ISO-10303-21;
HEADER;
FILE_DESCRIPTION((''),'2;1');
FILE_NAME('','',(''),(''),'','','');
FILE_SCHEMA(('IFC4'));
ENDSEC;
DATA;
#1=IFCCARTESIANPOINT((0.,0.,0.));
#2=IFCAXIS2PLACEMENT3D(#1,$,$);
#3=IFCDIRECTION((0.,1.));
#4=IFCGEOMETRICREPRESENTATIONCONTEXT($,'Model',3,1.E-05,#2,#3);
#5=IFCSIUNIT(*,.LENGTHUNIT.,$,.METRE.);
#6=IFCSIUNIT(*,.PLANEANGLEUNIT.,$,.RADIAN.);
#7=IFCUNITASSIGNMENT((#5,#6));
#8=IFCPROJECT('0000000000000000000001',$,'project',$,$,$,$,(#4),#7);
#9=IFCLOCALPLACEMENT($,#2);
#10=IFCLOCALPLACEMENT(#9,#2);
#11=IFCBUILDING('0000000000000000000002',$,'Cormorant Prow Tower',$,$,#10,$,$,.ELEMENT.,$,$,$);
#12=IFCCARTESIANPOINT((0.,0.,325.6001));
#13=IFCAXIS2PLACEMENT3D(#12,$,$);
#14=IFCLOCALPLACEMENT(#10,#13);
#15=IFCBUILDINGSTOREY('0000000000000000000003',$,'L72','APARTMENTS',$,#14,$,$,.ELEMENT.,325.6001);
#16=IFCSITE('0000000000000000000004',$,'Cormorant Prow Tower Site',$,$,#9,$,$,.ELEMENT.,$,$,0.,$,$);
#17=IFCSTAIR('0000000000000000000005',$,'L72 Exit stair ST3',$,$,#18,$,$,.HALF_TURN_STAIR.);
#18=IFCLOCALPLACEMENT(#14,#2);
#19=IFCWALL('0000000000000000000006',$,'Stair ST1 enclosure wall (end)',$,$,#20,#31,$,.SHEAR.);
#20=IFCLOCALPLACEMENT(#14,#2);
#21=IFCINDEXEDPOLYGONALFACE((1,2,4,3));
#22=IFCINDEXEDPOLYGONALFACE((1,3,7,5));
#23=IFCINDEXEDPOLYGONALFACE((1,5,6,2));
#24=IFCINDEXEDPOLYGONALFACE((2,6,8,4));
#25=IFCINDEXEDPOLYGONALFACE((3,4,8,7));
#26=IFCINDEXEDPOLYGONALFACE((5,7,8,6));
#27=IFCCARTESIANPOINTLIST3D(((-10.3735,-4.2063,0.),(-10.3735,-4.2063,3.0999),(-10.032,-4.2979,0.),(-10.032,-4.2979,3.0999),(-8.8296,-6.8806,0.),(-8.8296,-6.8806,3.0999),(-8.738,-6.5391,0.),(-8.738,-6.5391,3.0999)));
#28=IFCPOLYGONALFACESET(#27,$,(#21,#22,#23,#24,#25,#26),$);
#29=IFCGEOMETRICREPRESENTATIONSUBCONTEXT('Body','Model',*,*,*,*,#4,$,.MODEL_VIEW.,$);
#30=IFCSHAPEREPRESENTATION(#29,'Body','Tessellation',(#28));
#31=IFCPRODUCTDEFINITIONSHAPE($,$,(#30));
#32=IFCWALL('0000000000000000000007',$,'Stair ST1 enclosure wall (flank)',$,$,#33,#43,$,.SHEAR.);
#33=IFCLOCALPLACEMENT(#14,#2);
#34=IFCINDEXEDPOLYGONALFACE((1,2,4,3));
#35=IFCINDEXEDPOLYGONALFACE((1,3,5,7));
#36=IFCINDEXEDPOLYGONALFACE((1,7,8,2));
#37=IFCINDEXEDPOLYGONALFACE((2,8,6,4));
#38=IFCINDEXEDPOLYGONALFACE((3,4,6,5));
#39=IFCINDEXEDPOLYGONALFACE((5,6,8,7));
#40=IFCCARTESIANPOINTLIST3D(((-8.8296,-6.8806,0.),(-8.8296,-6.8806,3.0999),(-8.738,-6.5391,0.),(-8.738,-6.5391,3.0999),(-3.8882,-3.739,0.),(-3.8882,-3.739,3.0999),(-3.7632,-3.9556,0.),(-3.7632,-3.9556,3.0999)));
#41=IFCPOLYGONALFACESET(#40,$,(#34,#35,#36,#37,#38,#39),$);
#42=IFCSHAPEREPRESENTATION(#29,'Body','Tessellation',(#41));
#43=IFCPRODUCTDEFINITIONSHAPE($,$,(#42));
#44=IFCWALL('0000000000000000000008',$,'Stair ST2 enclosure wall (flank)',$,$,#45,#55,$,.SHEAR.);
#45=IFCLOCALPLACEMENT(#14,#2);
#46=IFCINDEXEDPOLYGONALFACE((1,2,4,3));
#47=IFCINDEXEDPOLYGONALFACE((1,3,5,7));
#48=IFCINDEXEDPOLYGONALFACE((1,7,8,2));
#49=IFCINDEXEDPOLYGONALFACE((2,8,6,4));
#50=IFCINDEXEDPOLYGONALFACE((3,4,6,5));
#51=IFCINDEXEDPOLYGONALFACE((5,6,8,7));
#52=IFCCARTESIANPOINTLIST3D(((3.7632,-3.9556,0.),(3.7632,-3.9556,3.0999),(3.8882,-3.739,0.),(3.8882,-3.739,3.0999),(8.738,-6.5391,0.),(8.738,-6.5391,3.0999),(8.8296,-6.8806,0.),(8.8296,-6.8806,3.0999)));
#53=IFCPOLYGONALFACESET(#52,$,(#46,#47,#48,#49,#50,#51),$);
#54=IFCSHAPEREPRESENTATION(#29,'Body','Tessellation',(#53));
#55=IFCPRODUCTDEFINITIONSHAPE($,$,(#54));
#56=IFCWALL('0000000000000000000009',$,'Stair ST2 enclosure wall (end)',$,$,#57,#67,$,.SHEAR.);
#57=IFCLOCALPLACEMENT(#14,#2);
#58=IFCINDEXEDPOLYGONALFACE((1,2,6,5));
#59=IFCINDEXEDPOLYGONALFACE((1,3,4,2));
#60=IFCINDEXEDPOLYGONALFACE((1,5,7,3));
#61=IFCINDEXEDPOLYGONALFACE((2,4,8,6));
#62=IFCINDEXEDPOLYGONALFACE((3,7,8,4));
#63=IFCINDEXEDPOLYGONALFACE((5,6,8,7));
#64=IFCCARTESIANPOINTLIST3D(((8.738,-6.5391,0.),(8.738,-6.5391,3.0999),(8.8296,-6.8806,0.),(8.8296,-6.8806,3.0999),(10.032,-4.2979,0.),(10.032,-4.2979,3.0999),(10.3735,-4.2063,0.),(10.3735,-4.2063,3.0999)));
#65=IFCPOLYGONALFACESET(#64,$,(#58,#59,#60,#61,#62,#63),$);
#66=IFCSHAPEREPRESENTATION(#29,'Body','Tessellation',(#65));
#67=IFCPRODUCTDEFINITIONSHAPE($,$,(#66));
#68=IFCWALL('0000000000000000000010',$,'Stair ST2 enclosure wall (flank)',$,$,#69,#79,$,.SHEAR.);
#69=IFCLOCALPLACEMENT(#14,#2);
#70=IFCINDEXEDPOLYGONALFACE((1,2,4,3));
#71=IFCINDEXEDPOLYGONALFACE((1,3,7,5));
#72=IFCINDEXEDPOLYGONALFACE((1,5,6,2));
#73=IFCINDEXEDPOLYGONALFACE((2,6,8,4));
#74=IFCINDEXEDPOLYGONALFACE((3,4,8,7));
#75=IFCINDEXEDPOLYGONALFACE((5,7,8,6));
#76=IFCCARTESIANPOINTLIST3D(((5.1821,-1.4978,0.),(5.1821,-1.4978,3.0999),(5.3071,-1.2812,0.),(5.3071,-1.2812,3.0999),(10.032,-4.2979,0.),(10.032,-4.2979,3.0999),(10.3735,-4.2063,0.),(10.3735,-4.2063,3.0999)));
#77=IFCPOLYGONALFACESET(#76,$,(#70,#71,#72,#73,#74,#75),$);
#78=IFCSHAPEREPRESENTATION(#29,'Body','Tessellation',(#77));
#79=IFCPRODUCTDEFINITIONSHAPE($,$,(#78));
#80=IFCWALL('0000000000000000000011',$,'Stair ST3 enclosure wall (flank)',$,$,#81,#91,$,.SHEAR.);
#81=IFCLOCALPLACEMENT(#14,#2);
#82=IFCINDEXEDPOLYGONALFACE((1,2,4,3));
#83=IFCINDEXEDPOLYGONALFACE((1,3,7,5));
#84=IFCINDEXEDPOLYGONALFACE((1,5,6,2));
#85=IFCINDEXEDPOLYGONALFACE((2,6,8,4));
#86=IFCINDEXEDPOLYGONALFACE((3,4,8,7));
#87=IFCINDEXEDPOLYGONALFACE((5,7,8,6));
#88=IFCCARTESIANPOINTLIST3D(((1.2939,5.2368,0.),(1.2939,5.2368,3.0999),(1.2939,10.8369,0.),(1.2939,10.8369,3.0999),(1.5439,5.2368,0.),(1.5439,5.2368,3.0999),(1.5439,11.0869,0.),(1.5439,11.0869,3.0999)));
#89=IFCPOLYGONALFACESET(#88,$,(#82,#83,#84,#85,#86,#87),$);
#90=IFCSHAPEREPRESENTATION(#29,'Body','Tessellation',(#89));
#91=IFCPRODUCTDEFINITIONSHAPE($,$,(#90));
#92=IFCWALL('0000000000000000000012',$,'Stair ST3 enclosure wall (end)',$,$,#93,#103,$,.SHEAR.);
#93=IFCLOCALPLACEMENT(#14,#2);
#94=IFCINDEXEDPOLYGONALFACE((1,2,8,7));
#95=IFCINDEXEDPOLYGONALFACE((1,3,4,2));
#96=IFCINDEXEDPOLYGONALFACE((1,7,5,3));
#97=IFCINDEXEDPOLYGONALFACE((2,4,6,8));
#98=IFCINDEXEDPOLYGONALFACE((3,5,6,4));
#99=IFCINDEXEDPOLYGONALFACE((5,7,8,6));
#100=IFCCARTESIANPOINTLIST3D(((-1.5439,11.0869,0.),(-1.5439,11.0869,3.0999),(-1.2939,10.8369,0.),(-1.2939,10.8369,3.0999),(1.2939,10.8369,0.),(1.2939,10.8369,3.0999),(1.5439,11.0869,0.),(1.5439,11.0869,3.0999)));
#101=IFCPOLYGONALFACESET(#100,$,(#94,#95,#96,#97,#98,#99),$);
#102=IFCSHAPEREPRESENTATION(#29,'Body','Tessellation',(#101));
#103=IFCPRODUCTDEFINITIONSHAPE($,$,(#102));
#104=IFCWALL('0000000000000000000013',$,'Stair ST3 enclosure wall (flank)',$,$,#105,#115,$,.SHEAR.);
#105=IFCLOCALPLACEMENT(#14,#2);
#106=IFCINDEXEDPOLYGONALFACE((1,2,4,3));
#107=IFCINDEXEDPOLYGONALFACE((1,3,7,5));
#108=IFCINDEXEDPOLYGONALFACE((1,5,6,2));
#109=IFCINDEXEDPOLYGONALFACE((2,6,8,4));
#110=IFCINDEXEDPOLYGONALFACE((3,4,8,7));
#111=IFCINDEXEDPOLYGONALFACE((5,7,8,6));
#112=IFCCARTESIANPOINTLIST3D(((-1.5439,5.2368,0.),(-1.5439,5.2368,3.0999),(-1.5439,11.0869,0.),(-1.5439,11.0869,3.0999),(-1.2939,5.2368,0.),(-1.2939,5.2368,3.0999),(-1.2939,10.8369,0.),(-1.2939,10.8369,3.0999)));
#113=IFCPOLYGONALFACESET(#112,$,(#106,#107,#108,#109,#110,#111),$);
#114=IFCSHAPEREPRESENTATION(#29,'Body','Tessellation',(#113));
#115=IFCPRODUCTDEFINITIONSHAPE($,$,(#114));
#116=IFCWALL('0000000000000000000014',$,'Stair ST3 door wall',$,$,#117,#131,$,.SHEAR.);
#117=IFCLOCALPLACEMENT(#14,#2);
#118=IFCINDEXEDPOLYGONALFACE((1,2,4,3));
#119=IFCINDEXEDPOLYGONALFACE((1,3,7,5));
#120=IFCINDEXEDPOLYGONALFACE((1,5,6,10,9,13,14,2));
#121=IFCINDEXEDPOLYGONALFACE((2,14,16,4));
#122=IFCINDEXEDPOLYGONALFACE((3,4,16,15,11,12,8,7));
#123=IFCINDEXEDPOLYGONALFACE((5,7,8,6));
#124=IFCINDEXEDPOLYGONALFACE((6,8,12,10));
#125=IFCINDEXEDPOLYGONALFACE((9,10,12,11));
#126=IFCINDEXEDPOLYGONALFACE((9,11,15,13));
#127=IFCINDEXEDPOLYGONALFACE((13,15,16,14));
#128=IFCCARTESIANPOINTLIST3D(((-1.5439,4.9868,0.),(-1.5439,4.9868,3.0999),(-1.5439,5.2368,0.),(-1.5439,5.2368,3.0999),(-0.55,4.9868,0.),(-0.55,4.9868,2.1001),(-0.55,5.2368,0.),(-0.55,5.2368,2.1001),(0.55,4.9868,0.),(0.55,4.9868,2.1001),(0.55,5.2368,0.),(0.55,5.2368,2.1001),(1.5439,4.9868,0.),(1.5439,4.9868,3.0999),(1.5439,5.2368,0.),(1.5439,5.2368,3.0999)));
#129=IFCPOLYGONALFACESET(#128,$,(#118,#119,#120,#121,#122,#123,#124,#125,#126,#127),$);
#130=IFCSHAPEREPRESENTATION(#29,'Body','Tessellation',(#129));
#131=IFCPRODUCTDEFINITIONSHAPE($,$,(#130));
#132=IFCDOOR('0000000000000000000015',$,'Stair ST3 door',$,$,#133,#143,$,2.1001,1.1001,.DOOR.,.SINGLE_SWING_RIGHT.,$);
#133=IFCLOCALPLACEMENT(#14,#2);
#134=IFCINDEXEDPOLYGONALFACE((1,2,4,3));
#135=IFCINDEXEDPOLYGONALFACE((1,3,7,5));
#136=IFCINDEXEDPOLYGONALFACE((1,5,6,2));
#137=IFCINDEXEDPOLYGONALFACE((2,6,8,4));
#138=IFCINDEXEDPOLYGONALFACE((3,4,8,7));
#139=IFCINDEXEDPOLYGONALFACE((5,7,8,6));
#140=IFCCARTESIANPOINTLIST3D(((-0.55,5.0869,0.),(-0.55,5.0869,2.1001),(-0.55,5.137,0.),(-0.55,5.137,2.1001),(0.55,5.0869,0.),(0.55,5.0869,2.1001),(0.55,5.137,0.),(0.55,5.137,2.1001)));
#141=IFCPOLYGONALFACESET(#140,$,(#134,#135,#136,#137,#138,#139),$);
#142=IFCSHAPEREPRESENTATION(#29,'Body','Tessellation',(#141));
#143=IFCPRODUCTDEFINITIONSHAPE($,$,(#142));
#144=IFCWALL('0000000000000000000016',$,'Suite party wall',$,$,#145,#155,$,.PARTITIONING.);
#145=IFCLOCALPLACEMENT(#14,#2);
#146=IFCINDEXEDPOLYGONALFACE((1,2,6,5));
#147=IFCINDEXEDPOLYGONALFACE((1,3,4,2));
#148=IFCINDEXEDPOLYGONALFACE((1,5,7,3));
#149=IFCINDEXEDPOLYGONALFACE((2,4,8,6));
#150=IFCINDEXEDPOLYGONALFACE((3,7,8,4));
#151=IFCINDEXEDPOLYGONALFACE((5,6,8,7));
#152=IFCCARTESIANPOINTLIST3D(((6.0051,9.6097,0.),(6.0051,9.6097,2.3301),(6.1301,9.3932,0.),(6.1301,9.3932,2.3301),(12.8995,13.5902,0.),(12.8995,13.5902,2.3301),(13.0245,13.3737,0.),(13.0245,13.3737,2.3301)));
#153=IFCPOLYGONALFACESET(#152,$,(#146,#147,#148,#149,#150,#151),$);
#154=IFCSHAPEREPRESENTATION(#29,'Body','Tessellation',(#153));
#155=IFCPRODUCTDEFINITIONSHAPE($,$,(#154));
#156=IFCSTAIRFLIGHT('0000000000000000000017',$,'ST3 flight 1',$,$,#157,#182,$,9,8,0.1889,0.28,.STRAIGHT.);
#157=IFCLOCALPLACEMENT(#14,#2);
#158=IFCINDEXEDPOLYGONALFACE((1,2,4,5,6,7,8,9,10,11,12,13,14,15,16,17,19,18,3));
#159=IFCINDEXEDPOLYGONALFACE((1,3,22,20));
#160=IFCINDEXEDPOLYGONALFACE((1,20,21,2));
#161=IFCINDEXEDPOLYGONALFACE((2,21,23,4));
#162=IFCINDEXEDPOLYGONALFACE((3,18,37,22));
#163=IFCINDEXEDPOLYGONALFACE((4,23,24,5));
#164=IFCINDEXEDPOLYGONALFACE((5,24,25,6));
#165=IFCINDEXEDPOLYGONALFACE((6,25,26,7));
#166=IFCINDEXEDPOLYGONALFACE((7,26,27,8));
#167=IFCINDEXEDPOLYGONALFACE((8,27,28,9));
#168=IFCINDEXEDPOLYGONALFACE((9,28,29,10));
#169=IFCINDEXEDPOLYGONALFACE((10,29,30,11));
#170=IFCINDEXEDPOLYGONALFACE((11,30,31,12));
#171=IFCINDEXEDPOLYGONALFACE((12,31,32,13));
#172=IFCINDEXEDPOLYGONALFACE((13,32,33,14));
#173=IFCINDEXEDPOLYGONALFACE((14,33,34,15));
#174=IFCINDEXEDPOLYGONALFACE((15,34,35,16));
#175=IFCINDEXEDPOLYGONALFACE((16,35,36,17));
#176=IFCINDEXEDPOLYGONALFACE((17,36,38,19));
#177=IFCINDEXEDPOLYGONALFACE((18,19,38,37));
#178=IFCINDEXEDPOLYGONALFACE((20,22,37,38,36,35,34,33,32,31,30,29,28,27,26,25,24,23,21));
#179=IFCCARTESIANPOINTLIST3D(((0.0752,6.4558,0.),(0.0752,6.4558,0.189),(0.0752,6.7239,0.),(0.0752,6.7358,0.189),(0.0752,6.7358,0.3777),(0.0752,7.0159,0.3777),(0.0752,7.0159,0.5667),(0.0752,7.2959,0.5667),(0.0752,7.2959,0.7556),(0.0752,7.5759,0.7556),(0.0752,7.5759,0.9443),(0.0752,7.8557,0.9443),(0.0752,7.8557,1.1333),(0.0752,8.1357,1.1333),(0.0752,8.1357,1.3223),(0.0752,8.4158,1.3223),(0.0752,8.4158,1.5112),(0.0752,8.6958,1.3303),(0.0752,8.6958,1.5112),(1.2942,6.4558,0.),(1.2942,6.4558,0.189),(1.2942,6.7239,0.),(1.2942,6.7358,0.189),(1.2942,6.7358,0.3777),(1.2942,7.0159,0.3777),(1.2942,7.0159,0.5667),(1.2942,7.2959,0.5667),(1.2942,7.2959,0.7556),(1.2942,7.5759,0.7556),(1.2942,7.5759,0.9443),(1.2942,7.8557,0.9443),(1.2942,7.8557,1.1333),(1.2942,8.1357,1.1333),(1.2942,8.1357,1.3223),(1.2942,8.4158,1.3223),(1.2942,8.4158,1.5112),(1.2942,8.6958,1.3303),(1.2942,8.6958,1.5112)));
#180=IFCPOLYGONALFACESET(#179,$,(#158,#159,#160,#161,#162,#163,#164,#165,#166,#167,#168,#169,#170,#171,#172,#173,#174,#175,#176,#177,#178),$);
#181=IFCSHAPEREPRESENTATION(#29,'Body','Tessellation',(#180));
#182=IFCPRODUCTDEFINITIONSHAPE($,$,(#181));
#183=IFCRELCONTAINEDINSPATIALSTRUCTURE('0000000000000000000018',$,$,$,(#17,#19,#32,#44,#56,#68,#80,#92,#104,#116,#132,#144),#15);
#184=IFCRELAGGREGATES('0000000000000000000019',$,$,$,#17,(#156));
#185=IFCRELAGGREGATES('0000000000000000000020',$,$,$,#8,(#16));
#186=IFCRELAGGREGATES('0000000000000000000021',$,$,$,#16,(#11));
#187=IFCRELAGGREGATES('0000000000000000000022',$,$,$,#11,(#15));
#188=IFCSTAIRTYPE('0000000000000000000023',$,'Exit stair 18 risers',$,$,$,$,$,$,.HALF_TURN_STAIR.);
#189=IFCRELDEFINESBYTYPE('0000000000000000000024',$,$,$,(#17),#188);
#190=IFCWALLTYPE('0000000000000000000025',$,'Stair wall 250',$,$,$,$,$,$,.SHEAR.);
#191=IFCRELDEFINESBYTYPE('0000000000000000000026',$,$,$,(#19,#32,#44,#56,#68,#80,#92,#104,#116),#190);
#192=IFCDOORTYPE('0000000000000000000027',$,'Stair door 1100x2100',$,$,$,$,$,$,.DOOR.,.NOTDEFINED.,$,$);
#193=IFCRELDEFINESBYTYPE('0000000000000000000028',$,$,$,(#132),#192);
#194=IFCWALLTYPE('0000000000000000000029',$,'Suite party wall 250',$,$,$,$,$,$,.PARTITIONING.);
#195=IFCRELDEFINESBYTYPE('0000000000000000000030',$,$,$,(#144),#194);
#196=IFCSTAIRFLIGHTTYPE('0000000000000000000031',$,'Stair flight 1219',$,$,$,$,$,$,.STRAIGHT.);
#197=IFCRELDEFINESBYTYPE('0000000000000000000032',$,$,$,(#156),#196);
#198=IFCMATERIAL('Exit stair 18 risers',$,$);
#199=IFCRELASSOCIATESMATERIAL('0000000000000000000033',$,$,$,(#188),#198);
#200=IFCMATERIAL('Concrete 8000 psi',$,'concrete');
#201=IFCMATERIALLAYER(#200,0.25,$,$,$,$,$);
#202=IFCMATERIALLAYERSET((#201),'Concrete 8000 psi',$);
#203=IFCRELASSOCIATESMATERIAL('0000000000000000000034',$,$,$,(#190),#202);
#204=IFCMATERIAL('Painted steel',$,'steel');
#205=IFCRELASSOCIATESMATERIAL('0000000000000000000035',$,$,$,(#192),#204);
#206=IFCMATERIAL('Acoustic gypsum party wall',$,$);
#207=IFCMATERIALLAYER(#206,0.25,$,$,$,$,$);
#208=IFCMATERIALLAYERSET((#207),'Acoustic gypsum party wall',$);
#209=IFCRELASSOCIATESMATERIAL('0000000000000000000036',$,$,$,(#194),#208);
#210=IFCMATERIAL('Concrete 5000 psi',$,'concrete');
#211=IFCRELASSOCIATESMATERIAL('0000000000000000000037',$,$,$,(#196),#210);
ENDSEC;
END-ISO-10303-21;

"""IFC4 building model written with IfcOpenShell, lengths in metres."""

from ifc_helpers import new_model, si_unit, direction, frame, frame_2d, origin, place, context, subcontext, project, spatial, polyline, rectangle, outline, extrude, material, layer, layer_set, type_object, element, fill, aggregate, save


model = new_model("IFC4")

# Units and contexts
model_context = context("Model", 3, precision=1e-05, world=origin(), true_north=direction((0.0, 1.0)))
body_context = subcontext(model_context, "Body", "Model", "MODEL_VIEW")
ifc_project = project(units=[si_unit("LENGTHUNIT", "METRE"), si_unit("PLANEANGLEUNIT", "RADIAN")], contexts=[model_context])

# Site, building, storey
site_placement = place(None, origin())
site = spatial("IfcSite", under=ifc_project, at=site_placement, Name="Cormorant Prow Tower Site", CompositionType="ELEMENT", RefElevation=0.0)
building_placement = place(site_placement, origin())
building = spatial("IfcBuilding", under=site, at=building_placement, Name="Cormorant Prow Tower", CompositionType="ELEMENT")
storey_placement = place(building_placement, frame((0.0, 0.0, 325.6001)))
storey = spatial("IfcBuildingStorey", under=building, at=storey_placement, Name="L72", Description="APARTMENTS", CompositionType="ELEMENT", Elevation=325.6001)

# Stair
ifc_material_1 = material(Name="Exit stair 18 risers")
stair_type = type_object("IfcStairType", Name="Exit stair 18 risers", PredefinedType="HALF_TURN_STAIR", material=ifc_material_1)
stair_1_placement = place(storey_placement, origin())
stair_1 = element("IfcStair", 1, at=stair_1_placement, inside=storey, type_object=stair_type, Name="L72 Exit stair ST3", PredefinedType="HALF_TURN_STAIR")

# Walls
ifc_material_2 = material(Name="Concrete 8000 psi", Category="concrete")
ifc_layer_1 = layer(ifc_material_2, 0.25)
ifc_layer_set_1 = layer_set([ifc_layer_1], Name="Concrete 8000 psi")
wall_type_1 = type_object("IfcWallType", Name="Stair wall 250", PredefinedType="SHEAR", material=ifc_layer_set_1)
wall_1_placement = place(storey_placement, origin())
element("IfcWall", 2, at=wall_1_placement, inside=storey, type_object=wall_type_1, Name="Stair ST1 enclosure wall (end)", PredefinedType="SHEAR", context=body_context, shape_type="SweptSolid", body=[
    extrude(outline(polyline([(-10.3735, -4.2063), (-8.8296, -6.8806), (-8.738, -6.5391), (-10.032, -4.2979), (-10.3735, -4.2063)])), origin(), (0.0, 0.0, 1.0), 3.0999),
])
wall_2_placement = place(storey_placement, origin())
element("IfcWall", 3, at=wall_2_placement, inside=storey, type_object=wall_type_1, Name="Stair ST1 enclosure wall (flank)", PredefinedType="SHEAR", context=body_context, shape_type="SweptSolid", body=[
    extrude(outline(polyline([(-8.738, -6.5391), (-8.8296, -6.8806), (-3.7632, -3.9556), (-3.8882, -3.739), (-8.738, -6.5391)])), origin(), (0.0, 0.0, 1.0), 3.0999),
])
wall_3_placement = place(storey_placement, origin())
element("IfcWall", 4, at=wall_3_placement, inside=storey, type_object=wall_type_1, Name="Stair ST2 enclosure wall (flank)", PredefinedType="SHEAR", context=body_context, shape_type="SweptSolid", body=[
    extrude(outline(polyline([(3.7632, -3.9556), (8.8296, -6.8806), (8.738, -6.5391), (3.8882, -3.739), (3.7632, -3.9556)])), origin(), (0.0, 0.0, 1.0), 3.0999),
])
wall_4_placement = place(storey_placement, origin())
element("IfcWall", 5, at=wall_4_placement, inside=storey, type_object=wall_type_1, Name="Stair ST2 enclosure wall (end)", PredefinedType="SHEAR", context=body_context, shape_type="SweptSolid", body=[
    extrude(outline(polyline([(8.8296, -6.8806), (10.3735, -4.2063), (10.032, -4.2979), (8.738, -6.5391), (8.8296, -6.8806)])), origin(), (0.0, 0.0, 1.0), 3.0999),
])
wall_5_placement = place(storey_placement, origin())
element("IfcWall", 6, at=wall_5_placement, inside=storey, type_object=wall_type_1, Name="Stair ST2 enclosure wall (flank)", PredefinedType="SHEAR", context=body_context, shape_type="SweptSolid", body=[
    extrude(outline(polyline([(10.032, -4.2979), (10.3735, -4.2063), (5.3071, -1.2812), (5.1821, -1.4978), (10.032, -4.2979)])), origin(), (0.0, 0.0, 1.0), 3.0999),
])
wall_6_placement = place(storey_placement, origin())
element("IfcWall", 7, at=wall_6_placement, inside=storey, type_object=wall_type_1, Name="Stair ST3 enclosure wall (flank)", PredefinedType="SHEAR", context=body_context, shape_type="SweptSolid", body=[
    extrude(outline(polyline([(1.5439, 5.2368), (1.5439, 11.0869), (1.2939, 10.8369), (1.2939, 5.2368), (1.5439, 5.2368)])), origin(), (0.0, 0.0, 1.0), 3.0999),
])
wall_7_placement = place(storey_placement, origin())
element("IfcWall", 8, at=wall_7_placement, inside=storey, type_object=wall_type_1, Name="Stair ST3 enclosure wall (end)", PredefinedType="SHEAR", context=body_context, shape_type="SweptSolid", body=[
    extrude(outline(polyline([(1.5439, 11.0869), (-1.5439, 11.0869), (-1.2939, 10.8369), (1.2939, 10.8369), (1.5439, 11.0869)])), origin(), (0.0, 0.0, 1.0), 3.0999),
])
wall_8_placement = place(storey_placement, origin())
element("IfcWall", 9, at=wall_8_placement, inside=storey, type_object=wall_type_1, Name="Stair ST3 enclosure wall (flank)", PredefinedType="SHEAR", context=body_context, shape_type="SweptSolid", body=[
    extrude(outline(polyline([(-1.2939, 10.8369), (-1.5439, 11.0869), (-1.5439, 5.2368), (-1.2939, 5.2368), (-1.2939, 10.8369)])), origin(), (0.0, 0.0, 1.0), 3.0999),
])

# Wall, opening, door
wall_9_placement = place(storey_placement, frame((1.5439, 5.1118, 0.0), z_axis=(0.0, 0.0, 1.0), x_axis=(-1.0, 0.0, 0.0)))
wall_9 = element("IfcWall", 10, at=wall_9_placement, inside=storey, type_object=wall_type_1, Name="Stair ST3 door wall", PredefinedType="SHEAR", context=body_context, shape_type="SweptSolid", body=[
    extrude(rectangle(XDim=3.0879, YDim=0.25, at=frame_2d((1.5439, 0.0))), origin(), (0.0, 0.0, 1.0), 3.0999),
])
opening_placement = place(wall_9_placement, frame((0.9939, 0.0, 0.0)))
opening = element("IfcOpeningElement", 11, at=opening_placement, cuts=wall_9, PredefinedType="OPENING", context=body_context, shape_type="SweptSolid", body=[
    extrude(rectangle(XDim=1.1001, YDim=2.1001, at=frame_2d((0.55, 1.05))), frame((0.0, 0.135, 0.0), z_axis=(0.0, -1.0, 0.0), x_axis=(1.0, 0.0, 0.0)), (0.0, 0.0, 1.0), 0.27),
])
ifc_material_3 = material(Name="Painted steel", Category="steel")
door_type = type_object("IfcDoorType", Name="Stair door 1100x2100", OperationType="NOTDEFINED", PredefinedType="DOOR", material=ifc_material_3)
door_placement = place(opening_placement, origin())
door = element("IfcDoor", 12, at=door_placement, inside=storey, type_object=door_type, Name="Stair ST3 door", OperationType="SINGLE_SWING_RIGHT", OverallHeight=2.1001, OverallWidth=1.1001, PredefinedType="DOOR", context=body_context, shape_type="SweptSolid", body=[
    extrude(rectangle(XDim=1.1001, YDim=2.1001, at=frame_2d((0.55, 1.05))), frame((0.0, 0.0249, 0.0), z_axis=(0.0, -1.0, 0.0), x_axis=(1.0, 0.0, 0.0)), (0.0, 0.0, 1.0), 0.05),
])
fill(opening, door)

# Wall
ifc_material_4 = material(Name="Acoustic gypsum party wall")
ifc_layer_2 = layer(ifc_material_4, 0.25)
ifc_layer_set_2 = layer_set([ifc_layer_2], Name="Acoustic gypsum party wall")
wall_type_2 = type_object("IfcWallType", Name="Suite party wall 250", PredefinedType="PARTITIONING", material=ifc_layer_set_2)
wall_10_placement = place(storey_placement, frame((6.0676, 9.5015, 0.0), z_axis=(0.0, 0.0, 1.0), x_axis=(0.866023, 0.500005, 0.0)))
element("IfcWall", 13, at=wall_10_placement, inside=storey, type_object=wall_type_2, Name="Suite party wall", PredefinedType="PARTITIONING", context=body_context, shape_type="SweptSolid", body=[
    extrude(rectangle(XDim=7.9609, YDim=0.25, at=frame_2d((3.9805, 0.0))), origin(), (0.0, 0.0, 1.0), 2.3301),
])

# Stair flight
ifc_material_5 = material(Name="Concrete 5000 psi", Category="concrete")
stair_flight_type = type_object("IfcStairFlightType", Name="Stair flight 1219", PredefinedType="STRAIGHT", material=ifc_material_5)
stair_flight_placement = place(storey_placement, frame((0.6846, 6.4558, 0.0), z_axis=(0.0, 0.0, 1.0), x_axis=(0.0, 1.0, 0.0)))
stair_flight = element("IfcStairFlight", 14, at=stair_flight_placement, type_object=stair_flight_type, Name="ST3 flight 1", NumberOfRisers=9, NumberOfTreads=8, PredefinedType="STRAIGHT", RiserHeight=0.1889, TreadLength=0.28, context=body_context, shape_type="SweptSolid", body=[
    extrude(outline(polyline([(0.0, 0.0), (0.0, 0.189), (0.28, 0.189), (0.28, 0.3777), (0.5601, 0.3777), (0.5601, 0.5667), (0.8401, 0.5667), (0.8401, 0.7556), (1.1201, 0.7556), (1.1201, 0.9443), (1.3999, 0.9443), (1.3999, 1.1333), (1.6799, 1.1333), (1.6799, 1.3223), (1.96, 1.3223), (1.96, 1.5112), (2.24, 1.5112), (2.24, 1.7), (2.24, 1.3303), (0.2681, 0.0), (0.0, 0.0)])), frame((0.0, 0.6094, 0.0), z_axis=(0.0, -1.0, 0.0), x_axis=(1.0, 0.0, 0.0)), (0.0, 0.0, 1.0), 1.219),
])
aggregate(stair_1, [stair_flight])

save(model, "model.ifc")
